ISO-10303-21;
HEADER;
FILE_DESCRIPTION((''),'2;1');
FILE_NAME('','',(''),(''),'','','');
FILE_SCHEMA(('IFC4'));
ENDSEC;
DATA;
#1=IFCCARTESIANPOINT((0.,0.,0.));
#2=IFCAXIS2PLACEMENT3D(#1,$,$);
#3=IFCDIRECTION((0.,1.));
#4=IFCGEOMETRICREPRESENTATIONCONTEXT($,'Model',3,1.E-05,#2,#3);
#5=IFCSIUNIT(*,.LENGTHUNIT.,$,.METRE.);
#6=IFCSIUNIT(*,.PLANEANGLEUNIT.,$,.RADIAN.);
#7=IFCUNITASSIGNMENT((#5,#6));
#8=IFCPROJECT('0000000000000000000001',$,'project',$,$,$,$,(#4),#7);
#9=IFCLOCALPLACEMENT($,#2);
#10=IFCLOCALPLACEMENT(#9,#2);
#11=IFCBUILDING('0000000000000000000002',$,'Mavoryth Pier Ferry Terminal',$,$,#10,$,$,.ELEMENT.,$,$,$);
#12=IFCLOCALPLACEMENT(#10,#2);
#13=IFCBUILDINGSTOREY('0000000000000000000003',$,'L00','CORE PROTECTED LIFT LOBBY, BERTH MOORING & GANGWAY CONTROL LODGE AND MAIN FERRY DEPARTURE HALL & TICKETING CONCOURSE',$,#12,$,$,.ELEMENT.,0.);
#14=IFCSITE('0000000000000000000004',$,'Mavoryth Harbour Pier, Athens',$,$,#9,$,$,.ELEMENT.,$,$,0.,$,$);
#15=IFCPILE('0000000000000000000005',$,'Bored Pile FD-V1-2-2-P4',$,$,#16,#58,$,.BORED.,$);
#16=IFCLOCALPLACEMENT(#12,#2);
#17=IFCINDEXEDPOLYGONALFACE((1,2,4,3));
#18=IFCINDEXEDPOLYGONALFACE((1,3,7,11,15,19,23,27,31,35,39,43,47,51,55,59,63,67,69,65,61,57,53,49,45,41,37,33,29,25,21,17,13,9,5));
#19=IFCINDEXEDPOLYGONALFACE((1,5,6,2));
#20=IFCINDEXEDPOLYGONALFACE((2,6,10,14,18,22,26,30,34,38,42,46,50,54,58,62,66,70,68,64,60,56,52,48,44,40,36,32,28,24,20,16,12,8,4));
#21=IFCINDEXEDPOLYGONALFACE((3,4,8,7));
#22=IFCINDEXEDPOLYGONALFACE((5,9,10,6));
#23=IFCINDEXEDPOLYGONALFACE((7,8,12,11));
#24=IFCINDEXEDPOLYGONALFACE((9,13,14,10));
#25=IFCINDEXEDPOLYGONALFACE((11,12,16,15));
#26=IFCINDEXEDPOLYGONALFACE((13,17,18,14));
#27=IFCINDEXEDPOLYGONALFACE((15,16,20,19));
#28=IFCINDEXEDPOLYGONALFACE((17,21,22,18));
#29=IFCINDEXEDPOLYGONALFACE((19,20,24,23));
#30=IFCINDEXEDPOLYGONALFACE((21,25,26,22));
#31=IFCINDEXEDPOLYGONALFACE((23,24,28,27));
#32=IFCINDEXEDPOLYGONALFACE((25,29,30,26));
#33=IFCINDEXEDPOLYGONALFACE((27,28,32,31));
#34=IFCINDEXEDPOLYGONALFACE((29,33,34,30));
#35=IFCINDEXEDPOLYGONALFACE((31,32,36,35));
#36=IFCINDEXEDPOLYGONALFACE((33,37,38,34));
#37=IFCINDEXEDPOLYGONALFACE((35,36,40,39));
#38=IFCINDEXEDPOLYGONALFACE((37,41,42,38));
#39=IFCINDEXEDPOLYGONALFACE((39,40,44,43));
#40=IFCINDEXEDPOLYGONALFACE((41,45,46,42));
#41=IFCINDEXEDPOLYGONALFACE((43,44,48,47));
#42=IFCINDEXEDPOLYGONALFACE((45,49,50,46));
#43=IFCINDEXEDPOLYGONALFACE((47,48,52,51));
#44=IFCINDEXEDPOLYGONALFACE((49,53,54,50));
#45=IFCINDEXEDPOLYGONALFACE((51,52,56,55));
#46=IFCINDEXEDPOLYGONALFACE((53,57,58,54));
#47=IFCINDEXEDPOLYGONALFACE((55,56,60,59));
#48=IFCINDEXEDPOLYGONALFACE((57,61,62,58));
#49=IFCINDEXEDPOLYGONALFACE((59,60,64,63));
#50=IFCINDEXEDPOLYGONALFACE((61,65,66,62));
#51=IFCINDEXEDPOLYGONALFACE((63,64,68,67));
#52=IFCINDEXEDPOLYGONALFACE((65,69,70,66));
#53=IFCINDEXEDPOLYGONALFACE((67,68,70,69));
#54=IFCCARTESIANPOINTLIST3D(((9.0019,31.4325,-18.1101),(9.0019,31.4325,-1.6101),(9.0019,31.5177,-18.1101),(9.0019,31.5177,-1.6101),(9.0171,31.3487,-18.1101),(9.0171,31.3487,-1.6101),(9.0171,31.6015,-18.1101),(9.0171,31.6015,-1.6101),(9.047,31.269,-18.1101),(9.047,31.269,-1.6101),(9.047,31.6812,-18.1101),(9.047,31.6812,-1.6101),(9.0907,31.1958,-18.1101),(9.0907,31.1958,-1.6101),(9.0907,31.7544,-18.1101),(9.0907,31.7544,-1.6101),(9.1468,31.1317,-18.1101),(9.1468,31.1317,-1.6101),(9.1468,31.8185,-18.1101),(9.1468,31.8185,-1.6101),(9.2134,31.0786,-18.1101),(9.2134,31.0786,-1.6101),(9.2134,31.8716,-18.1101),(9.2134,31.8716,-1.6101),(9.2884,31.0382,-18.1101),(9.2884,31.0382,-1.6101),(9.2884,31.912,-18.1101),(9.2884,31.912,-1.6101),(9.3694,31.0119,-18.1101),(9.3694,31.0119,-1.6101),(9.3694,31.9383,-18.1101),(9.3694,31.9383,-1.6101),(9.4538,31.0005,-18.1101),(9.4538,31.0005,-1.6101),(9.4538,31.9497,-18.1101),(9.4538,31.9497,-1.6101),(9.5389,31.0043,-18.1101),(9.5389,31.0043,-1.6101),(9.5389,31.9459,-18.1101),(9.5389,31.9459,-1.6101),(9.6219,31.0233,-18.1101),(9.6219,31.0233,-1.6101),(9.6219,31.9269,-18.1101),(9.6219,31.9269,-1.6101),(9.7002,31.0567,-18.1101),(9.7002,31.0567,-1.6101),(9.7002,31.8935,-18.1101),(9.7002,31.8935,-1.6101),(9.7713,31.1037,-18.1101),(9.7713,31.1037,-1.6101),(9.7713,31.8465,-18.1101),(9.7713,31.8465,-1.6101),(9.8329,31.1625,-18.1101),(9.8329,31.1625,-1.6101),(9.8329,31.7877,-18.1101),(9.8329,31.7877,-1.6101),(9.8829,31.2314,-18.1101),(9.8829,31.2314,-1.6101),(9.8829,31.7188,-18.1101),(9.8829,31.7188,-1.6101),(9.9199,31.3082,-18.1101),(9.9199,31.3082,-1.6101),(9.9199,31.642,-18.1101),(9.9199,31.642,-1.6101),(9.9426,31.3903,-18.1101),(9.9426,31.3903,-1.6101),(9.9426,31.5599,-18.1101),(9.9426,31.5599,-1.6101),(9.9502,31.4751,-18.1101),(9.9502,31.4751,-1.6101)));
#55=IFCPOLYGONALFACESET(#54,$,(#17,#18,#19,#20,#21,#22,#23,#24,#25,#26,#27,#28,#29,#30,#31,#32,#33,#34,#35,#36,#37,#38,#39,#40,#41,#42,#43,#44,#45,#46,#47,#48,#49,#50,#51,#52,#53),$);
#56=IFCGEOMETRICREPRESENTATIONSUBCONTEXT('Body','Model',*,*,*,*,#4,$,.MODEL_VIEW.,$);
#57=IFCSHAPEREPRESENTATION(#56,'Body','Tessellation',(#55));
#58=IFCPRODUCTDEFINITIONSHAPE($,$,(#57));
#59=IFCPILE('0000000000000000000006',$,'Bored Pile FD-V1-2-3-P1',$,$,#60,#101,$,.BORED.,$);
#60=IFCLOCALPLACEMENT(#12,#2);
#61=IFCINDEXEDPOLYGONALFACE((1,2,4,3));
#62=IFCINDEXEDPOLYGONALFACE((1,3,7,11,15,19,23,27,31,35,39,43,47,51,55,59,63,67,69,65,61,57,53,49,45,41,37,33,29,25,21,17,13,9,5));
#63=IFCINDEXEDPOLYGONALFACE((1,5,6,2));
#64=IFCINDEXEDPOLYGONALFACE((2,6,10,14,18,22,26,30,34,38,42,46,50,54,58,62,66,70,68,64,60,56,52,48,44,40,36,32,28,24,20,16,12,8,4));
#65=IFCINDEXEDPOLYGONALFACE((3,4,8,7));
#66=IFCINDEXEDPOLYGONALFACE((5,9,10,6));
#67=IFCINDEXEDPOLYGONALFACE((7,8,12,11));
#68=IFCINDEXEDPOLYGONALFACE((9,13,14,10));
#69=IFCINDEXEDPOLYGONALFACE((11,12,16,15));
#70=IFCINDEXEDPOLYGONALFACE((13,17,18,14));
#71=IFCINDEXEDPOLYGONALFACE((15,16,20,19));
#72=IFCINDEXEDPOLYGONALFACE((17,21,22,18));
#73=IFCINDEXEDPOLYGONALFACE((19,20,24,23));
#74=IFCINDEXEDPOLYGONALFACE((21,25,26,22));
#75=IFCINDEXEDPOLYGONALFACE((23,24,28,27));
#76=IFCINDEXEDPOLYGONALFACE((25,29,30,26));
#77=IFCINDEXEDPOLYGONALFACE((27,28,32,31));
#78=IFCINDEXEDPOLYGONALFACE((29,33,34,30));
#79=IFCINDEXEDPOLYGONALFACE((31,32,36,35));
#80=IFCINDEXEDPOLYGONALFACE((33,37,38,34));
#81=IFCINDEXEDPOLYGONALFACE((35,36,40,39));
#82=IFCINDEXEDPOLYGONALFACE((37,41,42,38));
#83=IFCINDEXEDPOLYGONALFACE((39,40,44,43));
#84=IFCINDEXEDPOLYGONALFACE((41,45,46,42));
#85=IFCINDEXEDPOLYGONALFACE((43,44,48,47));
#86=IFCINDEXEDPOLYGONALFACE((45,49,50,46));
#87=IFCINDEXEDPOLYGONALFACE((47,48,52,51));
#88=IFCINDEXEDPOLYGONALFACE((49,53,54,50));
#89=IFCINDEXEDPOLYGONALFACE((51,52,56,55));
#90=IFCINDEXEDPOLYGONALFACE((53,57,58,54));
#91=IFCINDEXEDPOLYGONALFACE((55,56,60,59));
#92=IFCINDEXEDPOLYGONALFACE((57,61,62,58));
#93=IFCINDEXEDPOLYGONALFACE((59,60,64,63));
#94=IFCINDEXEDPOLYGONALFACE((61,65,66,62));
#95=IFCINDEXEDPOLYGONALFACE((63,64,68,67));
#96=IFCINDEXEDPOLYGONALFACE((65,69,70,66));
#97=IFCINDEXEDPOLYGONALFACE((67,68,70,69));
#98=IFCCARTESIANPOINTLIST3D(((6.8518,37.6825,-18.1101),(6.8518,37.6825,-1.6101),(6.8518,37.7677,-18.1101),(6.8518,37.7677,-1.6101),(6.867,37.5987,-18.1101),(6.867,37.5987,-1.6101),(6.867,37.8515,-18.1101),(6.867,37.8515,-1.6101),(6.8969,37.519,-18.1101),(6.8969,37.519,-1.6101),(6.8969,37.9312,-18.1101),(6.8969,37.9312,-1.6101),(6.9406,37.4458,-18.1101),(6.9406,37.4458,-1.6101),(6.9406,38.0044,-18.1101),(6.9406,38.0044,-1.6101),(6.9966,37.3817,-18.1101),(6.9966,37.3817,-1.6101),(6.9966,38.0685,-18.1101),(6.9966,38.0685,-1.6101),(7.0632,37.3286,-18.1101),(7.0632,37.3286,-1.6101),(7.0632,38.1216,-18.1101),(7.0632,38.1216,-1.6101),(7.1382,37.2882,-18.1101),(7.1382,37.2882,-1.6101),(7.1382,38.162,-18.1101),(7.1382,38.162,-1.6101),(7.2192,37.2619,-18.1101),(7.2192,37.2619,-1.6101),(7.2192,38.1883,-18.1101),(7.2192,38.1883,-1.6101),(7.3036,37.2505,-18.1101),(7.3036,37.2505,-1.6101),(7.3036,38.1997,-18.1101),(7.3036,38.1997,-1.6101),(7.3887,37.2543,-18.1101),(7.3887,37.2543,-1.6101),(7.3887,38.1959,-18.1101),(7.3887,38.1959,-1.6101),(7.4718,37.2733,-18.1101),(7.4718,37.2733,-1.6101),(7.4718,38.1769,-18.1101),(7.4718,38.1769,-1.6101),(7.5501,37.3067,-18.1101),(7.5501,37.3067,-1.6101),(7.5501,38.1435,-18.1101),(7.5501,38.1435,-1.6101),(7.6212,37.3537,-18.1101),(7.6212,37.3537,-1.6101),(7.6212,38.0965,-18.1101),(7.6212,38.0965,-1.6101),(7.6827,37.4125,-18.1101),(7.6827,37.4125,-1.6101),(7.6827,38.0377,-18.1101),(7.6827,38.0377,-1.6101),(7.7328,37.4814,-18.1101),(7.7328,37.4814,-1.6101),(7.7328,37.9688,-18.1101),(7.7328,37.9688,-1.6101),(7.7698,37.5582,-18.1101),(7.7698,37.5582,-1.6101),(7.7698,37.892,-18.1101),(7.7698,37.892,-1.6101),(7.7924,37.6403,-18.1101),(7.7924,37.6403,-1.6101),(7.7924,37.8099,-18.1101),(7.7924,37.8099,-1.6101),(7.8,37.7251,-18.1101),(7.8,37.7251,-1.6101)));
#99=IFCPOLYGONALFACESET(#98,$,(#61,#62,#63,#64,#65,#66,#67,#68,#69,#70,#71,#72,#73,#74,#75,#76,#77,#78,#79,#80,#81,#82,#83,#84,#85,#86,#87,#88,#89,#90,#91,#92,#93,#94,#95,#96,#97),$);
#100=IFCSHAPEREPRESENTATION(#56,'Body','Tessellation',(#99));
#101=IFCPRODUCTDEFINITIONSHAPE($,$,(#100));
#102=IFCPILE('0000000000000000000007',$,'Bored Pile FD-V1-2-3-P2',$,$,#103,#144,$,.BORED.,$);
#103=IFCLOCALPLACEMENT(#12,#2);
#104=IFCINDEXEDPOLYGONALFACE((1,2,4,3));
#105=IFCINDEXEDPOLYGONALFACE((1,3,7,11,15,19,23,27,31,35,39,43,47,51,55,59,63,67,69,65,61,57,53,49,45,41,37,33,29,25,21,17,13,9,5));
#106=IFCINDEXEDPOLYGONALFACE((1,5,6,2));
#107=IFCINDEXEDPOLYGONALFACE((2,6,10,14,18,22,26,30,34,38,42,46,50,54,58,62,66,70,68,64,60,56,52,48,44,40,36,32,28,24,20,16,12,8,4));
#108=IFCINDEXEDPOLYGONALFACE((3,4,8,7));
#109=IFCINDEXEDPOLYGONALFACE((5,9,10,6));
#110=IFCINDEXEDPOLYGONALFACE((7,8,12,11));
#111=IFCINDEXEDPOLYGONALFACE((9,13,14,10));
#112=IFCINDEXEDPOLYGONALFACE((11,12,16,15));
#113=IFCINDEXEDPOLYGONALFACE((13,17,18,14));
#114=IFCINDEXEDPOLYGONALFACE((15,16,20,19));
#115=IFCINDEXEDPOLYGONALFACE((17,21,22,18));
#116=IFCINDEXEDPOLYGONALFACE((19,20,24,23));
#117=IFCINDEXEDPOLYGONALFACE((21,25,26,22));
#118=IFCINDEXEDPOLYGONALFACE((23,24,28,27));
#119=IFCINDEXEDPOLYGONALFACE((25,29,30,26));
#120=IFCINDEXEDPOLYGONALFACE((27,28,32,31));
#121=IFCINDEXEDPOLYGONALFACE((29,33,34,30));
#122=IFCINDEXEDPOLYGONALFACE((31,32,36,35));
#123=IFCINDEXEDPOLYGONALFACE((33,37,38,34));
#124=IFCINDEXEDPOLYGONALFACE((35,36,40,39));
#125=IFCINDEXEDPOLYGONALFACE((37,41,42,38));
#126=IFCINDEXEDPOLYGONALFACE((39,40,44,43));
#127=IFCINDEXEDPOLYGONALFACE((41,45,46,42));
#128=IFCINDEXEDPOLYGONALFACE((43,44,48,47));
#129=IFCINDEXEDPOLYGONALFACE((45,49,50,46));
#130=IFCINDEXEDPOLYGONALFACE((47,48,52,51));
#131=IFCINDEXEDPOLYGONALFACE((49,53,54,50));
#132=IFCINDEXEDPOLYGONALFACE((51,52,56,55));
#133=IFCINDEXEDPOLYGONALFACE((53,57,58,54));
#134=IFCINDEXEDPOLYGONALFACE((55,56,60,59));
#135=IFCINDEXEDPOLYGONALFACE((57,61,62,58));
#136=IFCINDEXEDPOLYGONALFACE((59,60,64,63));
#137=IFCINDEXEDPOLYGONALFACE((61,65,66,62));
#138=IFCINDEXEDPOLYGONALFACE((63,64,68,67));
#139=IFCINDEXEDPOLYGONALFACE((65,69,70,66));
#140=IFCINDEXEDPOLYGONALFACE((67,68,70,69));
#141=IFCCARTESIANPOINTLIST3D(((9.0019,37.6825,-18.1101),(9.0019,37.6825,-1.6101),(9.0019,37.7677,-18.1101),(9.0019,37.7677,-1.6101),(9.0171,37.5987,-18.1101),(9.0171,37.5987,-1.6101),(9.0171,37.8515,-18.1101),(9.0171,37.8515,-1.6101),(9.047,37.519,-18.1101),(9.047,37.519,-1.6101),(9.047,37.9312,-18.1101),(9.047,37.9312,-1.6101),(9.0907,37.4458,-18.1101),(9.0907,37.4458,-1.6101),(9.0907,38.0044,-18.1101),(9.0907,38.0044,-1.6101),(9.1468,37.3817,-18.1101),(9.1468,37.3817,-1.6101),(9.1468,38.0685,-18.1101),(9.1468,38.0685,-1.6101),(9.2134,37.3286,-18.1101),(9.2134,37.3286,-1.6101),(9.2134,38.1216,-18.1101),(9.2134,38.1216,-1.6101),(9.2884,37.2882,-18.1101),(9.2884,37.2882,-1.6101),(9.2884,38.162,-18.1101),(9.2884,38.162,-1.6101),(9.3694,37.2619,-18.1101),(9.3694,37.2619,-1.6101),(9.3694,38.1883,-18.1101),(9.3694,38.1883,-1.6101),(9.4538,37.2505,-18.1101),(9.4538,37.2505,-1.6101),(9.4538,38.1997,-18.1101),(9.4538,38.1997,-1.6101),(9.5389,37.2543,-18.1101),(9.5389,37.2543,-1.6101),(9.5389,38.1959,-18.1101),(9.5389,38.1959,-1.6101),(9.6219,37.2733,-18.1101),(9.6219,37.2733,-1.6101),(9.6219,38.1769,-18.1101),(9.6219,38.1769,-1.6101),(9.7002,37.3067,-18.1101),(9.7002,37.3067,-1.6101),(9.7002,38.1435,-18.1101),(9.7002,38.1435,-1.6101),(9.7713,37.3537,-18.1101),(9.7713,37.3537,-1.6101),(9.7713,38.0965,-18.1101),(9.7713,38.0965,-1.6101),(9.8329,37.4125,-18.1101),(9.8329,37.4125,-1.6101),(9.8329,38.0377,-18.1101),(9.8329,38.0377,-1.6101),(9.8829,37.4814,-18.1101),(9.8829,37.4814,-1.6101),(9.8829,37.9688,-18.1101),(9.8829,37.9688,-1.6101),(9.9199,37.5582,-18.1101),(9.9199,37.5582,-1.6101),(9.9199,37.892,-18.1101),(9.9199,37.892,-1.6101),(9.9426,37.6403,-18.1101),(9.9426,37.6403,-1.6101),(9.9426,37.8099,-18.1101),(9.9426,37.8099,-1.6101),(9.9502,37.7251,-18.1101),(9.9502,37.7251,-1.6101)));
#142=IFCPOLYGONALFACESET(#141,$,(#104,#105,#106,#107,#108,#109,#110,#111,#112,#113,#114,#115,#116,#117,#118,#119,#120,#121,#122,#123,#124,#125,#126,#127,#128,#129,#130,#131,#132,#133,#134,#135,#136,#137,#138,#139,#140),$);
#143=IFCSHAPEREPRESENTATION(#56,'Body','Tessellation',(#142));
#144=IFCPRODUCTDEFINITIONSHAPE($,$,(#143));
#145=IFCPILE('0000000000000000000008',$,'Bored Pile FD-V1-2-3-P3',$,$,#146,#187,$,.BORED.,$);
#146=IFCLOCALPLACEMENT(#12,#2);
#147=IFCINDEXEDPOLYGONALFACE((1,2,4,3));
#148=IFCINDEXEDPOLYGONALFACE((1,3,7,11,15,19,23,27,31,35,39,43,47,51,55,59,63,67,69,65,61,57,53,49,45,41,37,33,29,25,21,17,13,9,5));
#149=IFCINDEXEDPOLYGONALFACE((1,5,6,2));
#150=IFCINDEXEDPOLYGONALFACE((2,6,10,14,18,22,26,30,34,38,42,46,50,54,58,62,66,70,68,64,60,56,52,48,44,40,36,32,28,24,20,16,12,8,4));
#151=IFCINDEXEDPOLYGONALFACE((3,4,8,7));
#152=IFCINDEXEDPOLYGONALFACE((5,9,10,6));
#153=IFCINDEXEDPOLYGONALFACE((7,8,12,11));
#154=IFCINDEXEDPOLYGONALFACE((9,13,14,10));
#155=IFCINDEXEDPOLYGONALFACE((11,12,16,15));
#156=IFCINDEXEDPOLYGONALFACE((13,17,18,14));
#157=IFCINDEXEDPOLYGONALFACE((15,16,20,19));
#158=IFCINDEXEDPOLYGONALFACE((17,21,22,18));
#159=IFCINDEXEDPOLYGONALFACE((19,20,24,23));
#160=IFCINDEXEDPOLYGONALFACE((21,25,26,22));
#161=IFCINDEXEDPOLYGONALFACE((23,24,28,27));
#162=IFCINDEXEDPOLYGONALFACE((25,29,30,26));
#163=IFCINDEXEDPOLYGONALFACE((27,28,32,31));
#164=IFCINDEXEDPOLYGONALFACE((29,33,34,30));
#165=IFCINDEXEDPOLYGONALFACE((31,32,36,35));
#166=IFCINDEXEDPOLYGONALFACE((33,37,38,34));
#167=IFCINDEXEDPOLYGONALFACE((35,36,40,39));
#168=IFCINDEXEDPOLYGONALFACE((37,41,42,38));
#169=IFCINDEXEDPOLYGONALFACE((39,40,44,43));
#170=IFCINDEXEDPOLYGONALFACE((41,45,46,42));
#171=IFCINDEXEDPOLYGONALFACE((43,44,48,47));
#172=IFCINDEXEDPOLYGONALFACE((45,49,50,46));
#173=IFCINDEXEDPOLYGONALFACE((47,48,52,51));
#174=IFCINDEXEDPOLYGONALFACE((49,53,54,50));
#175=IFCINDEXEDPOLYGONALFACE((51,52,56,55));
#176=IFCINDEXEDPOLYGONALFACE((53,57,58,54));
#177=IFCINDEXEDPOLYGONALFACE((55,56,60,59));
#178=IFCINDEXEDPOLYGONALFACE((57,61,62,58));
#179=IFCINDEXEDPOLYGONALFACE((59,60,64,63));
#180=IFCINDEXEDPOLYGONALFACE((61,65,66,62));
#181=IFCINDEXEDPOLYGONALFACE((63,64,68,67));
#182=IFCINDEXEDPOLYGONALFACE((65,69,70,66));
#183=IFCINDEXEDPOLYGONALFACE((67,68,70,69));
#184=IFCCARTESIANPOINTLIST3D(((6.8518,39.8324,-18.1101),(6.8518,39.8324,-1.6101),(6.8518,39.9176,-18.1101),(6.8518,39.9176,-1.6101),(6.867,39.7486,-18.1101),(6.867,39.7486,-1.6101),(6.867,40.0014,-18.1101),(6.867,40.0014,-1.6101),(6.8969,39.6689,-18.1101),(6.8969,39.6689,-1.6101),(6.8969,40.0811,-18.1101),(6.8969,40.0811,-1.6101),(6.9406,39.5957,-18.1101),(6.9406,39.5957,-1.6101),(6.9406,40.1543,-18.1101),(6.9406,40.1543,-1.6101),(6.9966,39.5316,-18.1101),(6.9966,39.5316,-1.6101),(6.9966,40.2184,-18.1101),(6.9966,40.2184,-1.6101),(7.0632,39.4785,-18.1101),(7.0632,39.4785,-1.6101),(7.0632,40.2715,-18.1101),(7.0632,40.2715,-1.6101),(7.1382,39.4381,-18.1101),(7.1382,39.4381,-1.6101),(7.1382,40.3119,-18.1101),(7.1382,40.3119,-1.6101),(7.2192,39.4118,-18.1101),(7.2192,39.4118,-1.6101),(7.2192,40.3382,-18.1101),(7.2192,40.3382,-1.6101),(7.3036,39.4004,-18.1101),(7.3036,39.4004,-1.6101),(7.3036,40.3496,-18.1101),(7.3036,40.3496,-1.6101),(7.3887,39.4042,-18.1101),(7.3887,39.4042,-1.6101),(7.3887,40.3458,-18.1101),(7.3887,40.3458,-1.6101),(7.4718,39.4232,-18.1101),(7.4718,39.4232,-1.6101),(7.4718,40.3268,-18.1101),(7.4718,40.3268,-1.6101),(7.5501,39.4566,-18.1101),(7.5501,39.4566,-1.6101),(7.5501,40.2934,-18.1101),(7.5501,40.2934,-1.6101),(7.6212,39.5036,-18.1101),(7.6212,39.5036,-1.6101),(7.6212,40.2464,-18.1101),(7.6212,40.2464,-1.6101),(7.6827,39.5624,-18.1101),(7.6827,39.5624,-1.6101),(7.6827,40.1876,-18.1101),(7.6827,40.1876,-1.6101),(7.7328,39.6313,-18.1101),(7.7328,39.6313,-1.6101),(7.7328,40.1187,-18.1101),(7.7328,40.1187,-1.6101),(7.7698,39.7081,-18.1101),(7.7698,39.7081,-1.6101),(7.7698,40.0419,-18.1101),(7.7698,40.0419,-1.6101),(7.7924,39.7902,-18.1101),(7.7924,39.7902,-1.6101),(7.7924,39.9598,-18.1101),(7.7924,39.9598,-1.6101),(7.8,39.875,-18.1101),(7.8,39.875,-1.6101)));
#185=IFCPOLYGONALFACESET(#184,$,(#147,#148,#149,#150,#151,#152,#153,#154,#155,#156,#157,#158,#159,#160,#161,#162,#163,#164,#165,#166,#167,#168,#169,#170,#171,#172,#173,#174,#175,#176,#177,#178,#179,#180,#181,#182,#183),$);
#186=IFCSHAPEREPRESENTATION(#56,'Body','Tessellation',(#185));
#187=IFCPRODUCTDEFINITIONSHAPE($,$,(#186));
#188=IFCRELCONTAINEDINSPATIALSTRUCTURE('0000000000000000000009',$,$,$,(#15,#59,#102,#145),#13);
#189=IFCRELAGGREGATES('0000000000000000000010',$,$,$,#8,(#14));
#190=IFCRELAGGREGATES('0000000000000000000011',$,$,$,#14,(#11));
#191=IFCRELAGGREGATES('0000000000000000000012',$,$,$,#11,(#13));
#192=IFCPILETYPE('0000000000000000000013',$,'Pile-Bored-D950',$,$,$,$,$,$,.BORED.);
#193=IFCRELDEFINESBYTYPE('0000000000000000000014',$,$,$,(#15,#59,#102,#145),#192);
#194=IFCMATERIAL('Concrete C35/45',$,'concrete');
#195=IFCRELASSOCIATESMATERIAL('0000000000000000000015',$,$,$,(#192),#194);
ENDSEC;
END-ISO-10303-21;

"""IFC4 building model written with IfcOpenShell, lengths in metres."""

from ifc_helpers import new_model, si_unit, direction, frame, origin, origin_2d, place, context, subcontext, project, spatial, circle, extrude, material, material_profile, profile_set, type_object, element, save


model = new_model("IFC4")

# Units and contexts
model_context = context("Model", 3, precision=1e-05, world=origin(), true_north=direction((0.0, 1.0)))
body_context = subcontext(model_context, "Body", "Model", "MODEL_VIEW")
ifc_project = project(units=[si_unit("LENGTHUNIT", "METRE"), si_unit("PLANEANGLEUNIT", "RADIAN")], contexts=[model_context])

# Site, building, storey
site_placement = place(None, origin())
site = spatial("IfcSite", under=ifc_project, at=site_placement, Name="Mavoryth Harbour Pier, Athens", CompositionType="ELEMENT", RefElevation=0.0)
building_placement = place(site_placement, origin())
building = spatial("IfcBuilding", under=site, at=building_placement, Name="Mavoryth Pier Ferry Terminal", CompositionType="ELEMENT")
storey_placement = place(building_placement, origin())
storey = spatial("IfcBuildingStorey", under=building, at=storey_placement, Name="L00", Description="CORE PROTECTED LIFT LOBBY, BERTH MOORING & GANGWAY CONTROL LODGE AND MAIN FERRY DEPARTURE HALL & TICKETING CONCOURSE", CompositionType="ELEMENT", Elevation=0.0)

# Shared definitions
ifc_material_1 = material(Name="Concrete C35/45", Category="concrete")

# Piles
ifc_material_profile_1 = material_profile(ifc_material_1, circle(Radius=0.4751, at=origin_2d()), Name="PILE D950", Category="concrete")
ifc_profile_set_1 = profile_set([ifc_material_profile_1], Name="Concrete C35/45 - PILE D950")
pile_type = type_object("IfcPileType", Name="Pile-Bored-D950", PredefinedType="BORED", material=ifc_profile_set_1)
for number, where, z_axis, x_axis, name in (
    (1, (9.4751, 31.4751, -1.6101), (0.0, 0.0, -1.0), (1.0, 0.0, 0.0), "Bored Pile FD-V1-2-2-P4"),
    (2, (7.325, 37.7251, -1.6101), (0.0, 0.0, -1.0), (1.0, 0.0, 0.0), "Bored Pile FD-V1-2-3-P1"),
    (3, (9.4751, 37.7251, -1.6101), (0.0, 0.0, -1.0), (1.0, 0.0, 0.0), "Bored Pile FD-V1-2-3-P2"),
    (4, (7.325, 39.875, -1.6101), (0.0, 0.0, -1.0), (1.0, 0.0, 0.0), "Bored Pile FD-V1-2-3-P3"),
):
    element("IfcPile", number, at=place(storey_placement, frame(where, z_axis=z_axis, x_axis=x_axis)), inside=storey, type_object=pile_type, Name=name, PredefinedType="BORED", context=body_context, shape_type="SweptSolid", body=[
        extrude(circle(Radius=0.4751, at=origin_2d()), origin(), (0.0, 0.0, 1.0), 16.5),
    ])

save(model, "model.ifc")
